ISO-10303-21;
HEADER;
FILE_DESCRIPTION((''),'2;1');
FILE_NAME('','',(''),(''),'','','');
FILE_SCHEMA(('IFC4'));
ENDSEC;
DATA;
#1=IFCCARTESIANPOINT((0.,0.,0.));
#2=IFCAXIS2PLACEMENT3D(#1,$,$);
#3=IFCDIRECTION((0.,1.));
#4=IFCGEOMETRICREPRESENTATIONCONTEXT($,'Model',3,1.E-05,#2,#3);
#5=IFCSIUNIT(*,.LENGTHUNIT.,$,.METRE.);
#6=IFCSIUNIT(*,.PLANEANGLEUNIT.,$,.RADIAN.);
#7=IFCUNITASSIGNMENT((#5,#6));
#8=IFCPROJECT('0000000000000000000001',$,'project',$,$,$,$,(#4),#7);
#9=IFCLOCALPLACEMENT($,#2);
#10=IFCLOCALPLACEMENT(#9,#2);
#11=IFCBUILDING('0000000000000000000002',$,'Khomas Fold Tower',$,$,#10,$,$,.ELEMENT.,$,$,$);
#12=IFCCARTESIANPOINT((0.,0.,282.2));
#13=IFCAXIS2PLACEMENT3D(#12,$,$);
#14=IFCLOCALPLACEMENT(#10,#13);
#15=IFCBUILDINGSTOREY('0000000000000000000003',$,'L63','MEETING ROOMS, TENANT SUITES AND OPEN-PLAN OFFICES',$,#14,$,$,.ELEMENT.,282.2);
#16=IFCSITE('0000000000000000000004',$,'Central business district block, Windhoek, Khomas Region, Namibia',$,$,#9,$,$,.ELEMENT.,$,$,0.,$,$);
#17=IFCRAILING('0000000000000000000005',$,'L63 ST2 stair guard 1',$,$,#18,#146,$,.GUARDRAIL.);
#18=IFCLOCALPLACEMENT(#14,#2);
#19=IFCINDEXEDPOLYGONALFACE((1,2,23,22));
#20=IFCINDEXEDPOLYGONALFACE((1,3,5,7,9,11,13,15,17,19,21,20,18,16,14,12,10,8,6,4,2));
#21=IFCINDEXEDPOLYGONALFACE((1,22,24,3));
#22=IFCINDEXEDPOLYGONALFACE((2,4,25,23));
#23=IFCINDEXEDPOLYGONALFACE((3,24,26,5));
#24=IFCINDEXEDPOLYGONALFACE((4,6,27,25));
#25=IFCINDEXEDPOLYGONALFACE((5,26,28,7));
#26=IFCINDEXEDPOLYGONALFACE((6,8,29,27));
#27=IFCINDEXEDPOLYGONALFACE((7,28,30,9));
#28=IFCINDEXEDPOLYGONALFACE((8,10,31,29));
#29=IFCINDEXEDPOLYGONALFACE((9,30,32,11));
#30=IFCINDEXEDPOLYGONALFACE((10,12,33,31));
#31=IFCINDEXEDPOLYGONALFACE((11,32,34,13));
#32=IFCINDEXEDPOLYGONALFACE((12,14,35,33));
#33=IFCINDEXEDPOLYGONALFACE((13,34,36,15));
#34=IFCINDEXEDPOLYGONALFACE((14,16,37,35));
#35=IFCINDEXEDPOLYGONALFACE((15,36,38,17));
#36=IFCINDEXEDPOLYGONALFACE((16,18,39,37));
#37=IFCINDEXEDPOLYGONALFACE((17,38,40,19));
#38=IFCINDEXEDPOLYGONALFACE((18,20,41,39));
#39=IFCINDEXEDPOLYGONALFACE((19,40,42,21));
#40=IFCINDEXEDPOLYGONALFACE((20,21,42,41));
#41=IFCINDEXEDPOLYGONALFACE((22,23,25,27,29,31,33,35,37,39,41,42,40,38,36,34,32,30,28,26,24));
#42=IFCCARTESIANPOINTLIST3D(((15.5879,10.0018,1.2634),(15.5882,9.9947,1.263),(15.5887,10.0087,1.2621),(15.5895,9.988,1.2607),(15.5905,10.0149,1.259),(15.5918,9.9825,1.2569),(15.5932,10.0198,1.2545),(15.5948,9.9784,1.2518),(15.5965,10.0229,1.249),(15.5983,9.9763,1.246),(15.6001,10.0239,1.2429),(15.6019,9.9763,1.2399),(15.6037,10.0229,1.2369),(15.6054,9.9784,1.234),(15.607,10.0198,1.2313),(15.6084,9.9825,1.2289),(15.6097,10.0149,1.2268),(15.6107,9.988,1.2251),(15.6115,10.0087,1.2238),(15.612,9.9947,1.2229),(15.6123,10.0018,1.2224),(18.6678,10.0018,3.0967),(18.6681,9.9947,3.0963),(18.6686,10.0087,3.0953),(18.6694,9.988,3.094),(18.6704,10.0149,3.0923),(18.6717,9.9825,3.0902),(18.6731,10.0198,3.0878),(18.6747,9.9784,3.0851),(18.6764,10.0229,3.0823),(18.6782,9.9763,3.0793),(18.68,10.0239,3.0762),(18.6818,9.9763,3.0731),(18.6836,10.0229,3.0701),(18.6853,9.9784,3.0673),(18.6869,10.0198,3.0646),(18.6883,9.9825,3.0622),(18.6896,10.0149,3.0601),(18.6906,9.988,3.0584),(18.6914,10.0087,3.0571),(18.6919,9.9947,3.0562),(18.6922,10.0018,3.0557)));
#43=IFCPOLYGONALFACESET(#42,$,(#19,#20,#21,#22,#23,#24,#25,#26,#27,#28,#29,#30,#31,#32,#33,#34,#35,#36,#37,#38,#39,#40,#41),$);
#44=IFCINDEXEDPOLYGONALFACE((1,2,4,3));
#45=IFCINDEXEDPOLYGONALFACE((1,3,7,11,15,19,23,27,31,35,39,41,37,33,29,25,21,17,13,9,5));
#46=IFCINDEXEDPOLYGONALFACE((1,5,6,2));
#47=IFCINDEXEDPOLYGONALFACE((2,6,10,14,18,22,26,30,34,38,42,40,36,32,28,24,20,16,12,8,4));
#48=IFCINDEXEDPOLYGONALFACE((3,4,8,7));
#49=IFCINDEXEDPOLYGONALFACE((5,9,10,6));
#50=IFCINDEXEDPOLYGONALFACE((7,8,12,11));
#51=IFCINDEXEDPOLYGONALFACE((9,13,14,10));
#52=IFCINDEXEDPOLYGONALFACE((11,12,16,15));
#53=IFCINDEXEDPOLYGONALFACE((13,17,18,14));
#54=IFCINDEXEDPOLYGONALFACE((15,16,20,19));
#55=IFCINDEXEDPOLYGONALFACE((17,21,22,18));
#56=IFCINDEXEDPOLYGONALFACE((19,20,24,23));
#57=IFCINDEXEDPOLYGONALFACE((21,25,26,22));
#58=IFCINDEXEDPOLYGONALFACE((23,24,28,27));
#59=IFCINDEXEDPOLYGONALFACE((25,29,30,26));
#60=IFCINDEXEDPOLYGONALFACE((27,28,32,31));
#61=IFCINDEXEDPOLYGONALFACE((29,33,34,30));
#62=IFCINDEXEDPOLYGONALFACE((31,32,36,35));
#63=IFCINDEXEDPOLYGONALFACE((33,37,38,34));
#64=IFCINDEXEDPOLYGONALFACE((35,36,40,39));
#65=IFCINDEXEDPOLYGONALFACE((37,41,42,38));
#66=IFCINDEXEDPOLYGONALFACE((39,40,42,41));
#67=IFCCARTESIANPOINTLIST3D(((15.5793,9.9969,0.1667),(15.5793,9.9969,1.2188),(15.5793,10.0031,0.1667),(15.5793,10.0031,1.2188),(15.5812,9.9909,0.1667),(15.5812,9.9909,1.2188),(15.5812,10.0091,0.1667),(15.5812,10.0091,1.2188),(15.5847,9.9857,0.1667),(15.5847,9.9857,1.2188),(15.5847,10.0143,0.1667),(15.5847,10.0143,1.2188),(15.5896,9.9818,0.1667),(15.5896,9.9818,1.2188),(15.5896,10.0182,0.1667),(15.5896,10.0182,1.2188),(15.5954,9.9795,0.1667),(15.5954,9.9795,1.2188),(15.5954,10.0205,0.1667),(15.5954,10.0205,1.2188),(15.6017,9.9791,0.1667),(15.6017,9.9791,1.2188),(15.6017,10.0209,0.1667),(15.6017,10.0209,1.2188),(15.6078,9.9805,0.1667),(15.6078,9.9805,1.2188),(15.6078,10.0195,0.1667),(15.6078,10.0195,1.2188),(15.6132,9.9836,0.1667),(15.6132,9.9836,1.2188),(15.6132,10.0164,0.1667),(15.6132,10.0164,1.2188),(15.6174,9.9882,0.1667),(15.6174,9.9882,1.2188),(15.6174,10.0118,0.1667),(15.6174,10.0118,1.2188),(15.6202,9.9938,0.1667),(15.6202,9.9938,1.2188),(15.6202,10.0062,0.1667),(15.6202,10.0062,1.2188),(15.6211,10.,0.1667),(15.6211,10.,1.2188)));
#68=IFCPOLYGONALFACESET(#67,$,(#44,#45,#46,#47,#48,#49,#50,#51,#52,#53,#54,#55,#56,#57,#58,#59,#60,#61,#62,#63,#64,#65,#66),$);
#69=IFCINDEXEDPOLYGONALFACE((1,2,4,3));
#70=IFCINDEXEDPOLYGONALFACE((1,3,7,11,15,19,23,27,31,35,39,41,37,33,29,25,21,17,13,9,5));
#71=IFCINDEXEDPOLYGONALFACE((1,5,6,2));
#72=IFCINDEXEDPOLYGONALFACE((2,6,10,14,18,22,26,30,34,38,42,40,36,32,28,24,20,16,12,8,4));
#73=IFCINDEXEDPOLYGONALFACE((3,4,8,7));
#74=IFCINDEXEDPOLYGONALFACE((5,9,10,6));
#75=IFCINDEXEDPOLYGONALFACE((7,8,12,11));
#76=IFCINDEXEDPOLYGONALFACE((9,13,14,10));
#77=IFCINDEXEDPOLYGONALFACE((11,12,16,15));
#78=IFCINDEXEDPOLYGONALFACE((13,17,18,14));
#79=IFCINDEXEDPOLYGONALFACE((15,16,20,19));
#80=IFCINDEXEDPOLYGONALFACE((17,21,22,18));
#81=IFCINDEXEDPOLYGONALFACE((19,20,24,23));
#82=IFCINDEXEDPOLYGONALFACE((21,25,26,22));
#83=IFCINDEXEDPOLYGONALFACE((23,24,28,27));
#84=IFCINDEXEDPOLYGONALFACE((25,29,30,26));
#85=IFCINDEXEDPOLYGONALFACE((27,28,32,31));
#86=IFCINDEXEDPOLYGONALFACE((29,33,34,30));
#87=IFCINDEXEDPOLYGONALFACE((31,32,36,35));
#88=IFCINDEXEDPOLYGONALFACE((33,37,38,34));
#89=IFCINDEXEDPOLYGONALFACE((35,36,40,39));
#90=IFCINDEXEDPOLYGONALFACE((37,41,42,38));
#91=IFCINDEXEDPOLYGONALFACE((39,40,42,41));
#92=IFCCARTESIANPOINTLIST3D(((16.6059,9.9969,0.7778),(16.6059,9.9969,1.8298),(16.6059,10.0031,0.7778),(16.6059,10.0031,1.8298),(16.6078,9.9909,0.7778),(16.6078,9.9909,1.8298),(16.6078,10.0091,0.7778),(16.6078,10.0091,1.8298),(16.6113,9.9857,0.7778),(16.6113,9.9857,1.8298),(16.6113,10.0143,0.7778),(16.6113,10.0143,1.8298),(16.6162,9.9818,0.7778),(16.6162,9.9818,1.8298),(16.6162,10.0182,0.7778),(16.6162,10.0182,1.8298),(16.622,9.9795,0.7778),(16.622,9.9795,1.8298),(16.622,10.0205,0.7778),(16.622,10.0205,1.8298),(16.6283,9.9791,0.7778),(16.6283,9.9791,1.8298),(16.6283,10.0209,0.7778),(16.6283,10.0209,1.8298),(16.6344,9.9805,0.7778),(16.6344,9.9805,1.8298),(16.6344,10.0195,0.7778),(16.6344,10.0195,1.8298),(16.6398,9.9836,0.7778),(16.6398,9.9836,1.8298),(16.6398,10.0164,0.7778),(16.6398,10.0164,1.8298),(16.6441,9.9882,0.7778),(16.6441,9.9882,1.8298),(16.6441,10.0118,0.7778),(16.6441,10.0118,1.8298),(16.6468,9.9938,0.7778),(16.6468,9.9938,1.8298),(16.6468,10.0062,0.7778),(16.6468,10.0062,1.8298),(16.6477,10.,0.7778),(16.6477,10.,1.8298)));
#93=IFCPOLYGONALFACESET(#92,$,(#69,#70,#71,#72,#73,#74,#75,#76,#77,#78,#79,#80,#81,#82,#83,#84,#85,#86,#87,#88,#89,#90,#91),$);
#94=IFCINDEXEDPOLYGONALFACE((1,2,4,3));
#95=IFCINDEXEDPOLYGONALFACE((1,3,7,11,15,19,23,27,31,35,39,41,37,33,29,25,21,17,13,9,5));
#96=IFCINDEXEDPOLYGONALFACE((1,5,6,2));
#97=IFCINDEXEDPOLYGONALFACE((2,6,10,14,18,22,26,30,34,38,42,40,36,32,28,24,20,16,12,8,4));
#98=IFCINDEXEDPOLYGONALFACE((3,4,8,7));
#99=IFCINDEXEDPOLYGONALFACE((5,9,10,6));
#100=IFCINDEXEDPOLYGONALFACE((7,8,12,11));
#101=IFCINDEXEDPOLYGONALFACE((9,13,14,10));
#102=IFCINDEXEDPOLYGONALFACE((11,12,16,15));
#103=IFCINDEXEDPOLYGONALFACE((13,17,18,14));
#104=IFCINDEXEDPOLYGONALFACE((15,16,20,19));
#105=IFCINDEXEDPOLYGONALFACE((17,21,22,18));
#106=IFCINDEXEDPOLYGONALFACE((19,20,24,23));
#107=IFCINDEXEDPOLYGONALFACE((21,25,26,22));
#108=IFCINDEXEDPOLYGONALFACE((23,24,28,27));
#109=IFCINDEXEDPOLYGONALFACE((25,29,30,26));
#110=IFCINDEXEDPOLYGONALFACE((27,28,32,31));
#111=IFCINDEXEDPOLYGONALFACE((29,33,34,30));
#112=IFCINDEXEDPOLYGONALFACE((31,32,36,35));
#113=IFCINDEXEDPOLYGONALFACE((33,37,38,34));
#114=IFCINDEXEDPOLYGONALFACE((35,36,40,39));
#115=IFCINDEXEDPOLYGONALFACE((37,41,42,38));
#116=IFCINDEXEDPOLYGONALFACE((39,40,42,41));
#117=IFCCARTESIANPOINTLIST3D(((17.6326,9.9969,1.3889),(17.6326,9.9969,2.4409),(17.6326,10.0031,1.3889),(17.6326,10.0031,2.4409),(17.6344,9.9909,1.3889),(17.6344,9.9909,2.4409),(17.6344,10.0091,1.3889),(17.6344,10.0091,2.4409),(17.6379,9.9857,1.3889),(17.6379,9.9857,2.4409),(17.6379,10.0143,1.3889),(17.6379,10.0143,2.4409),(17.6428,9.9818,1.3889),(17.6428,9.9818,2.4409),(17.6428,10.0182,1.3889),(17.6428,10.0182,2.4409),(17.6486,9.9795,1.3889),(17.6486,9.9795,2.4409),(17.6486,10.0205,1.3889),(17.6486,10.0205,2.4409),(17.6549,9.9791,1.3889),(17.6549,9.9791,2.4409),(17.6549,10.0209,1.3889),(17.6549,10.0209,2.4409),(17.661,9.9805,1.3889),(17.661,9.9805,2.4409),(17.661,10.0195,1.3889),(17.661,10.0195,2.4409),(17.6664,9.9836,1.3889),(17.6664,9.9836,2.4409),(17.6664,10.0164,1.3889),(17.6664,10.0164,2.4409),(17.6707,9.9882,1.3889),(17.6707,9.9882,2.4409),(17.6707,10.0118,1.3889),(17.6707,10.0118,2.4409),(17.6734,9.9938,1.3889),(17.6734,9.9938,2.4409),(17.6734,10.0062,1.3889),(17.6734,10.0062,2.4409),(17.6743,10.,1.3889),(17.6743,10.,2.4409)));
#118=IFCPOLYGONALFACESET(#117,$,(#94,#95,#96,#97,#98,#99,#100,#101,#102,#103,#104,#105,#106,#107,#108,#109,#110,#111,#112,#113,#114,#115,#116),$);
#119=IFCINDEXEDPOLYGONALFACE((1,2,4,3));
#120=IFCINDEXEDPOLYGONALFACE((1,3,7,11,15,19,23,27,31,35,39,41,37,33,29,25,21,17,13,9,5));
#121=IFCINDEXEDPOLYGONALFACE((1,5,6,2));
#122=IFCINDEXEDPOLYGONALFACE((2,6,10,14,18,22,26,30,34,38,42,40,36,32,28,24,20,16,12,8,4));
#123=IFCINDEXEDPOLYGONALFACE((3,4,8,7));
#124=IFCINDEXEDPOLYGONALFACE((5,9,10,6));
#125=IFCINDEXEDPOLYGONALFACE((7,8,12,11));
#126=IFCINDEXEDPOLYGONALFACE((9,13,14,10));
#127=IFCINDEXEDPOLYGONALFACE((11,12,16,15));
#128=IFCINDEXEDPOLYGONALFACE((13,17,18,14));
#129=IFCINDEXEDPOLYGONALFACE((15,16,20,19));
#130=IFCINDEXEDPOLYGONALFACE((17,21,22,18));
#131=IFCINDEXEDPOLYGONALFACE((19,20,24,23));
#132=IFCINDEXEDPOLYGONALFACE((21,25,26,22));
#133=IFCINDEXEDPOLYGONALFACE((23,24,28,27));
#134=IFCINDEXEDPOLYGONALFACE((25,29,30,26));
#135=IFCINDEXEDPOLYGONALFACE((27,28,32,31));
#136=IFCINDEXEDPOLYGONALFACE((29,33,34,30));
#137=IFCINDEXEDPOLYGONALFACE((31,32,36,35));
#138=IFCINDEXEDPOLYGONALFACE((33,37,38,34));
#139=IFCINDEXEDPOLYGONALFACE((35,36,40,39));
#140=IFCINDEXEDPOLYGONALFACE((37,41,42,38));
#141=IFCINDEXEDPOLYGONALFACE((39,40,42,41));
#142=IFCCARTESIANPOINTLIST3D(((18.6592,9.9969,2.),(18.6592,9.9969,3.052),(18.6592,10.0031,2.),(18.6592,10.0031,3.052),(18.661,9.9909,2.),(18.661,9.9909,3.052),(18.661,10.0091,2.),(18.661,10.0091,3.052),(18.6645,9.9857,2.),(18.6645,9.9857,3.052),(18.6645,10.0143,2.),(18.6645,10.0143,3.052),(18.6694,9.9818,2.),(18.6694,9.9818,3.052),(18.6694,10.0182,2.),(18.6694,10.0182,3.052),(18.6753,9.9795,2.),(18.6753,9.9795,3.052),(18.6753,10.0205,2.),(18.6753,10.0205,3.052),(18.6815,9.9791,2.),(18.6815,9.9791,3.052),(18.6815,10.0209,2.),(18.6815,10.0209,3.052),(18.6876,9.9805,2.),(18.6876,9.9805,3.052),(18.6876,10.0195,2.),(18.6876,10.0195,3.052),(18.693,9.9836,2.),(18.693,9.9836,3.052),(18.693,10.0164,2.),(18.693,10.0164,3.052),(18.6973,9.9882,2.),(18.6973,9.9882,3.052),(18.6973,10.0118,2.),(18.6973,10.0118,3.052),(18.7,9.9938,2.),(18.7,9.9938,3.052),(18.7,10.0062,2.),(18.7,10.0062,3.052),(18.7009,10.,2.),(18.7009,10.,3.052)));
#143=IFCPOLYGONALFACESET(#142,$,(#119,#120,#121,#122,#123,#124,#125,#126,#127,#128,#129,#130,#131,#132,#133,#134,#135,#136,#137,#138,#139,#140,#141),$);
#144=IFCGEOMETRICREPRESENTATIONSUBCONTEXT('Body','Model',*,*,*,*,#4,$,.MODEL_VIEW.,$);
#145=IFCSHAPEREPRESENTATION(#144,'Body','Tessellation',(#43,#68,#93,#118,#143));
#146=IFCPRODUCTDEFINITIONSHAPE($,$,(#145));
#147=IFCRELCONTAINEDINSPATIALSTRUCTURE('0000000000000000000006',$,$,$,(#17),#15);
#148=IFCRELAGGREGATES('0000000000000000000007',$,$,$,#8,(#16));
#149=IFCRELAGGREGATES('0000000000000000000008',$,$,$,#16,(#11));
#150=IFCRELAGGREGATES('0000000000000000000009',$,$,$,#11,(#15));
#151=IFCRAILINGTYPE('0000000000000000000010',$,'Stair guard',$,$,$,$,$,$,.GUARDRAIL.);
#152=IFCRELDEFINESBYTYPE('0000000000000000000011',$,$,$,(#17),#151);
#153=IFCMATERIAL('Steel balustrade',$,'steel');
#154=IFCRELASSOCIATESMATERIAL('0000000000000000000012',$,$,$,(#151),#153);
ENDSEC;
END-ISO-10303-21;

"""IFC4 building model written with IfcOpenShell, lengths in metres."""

from ifc_helpers import new_model, si_unit, direction, frame, origin, origin_2d, place, context, subcontext, project, spatial, circle, extrude, source, transform, mapped, material, type_object, element, save


model = new_model("IFC4")

# Units and contexts
model_context = context("Model", 3, precision=1e-05, world=origin(), true_north=direction((0.0, 1.0)))
body_context = subcontext(model_context, "Body", "Model", "MODEL_VIEW")
ifc_project = project(units=[si_unit("LENGTHUNIT", "METRE"), si_unit("PLANEANGLEUNIT", "RADIAN")], contexts=[model_context])

# Site, building, storey
site_placement = place(None, origin())
site = spatial("IfcSite", under=ifc_project, at=site_placement, Name="Central business district block, Windhoek, Khomas Region, Namibia", CompositionType="ELEMENT", RefElevation=0.0)
building_placement = place(site_placement, origin())
building = spatial("IfcBuilding", under=site, at=building_placement, Name="Khomas Fold Tower", CompositionType="ELEMENT")
storey_placement = place(building_placement, frame((0.0, 0.0, 282.2)))
storey = spatial("IfcBuildingStorey", under=building, at=storey_placement, Name="L63", Description="MEETING ROOMS, TENANT SUITES AND OPEN-PLAN OFFICES", CompositionType="ELEMENT", Elevation=282.2)

# Railing
ifc_material_1 = material(Name="Steel balustrade", Category="steel")
railing_type_1 = type_object("IfcRailingType", Name="Stair guard", PredefinedType="GUARDRAIL", material=ifc_material_1)
shared_shape_1 = source(origin(), body_context, "Body", "SweptSolid", [
    extrude(circle(Radius=0.0239, at=origin_2d()), frame((0.0, 0.0, 1.0762), z_axis=(0.859291, 0.0, 0.511487), x_axis=(0.0, 1.0, 0.0)), (0.0, 0.0, 1.0), 3.5842),
    extrude(circle(Radius=0.021, at=origin_2d()), origin(), (0.0, 0.0, 1.0), 1.052),
    extrude(circle(Radius=0.021, at=origin_2d()), frame((1.0266, 0.0, 0.6111)), (0.0, 0.0, 1.0), 1.052),
    extrude(circle(Radius=0.021, at=origin_2d()), frame((2.0532, 0.0, 1.2222)), (0.0, 0.0, 1.0), 1.052),
    extrude(circle(Radius=0.021, at=origin_2d()), frame((3.0798, 0.0, 1.8333)), (0.0, 0.0, 1.0), 1.052),
])
railing_1_placement = place(storey_placement, frame((15.6001, 10.0, 0.1667)))
element("IfcRailing", 1, at=railing_1_placement, inside=storey, type_object=railing_type_1, Name="L63 ST2 stair guard 1", PredefinedType="GUARDRAIL", context=body_context, shape_type="MappedRepresentation", body=[
    mapped(shared_shape_1, transform((0.0, 0.0, 0.0))),
])

save(model, "model.ifc")
